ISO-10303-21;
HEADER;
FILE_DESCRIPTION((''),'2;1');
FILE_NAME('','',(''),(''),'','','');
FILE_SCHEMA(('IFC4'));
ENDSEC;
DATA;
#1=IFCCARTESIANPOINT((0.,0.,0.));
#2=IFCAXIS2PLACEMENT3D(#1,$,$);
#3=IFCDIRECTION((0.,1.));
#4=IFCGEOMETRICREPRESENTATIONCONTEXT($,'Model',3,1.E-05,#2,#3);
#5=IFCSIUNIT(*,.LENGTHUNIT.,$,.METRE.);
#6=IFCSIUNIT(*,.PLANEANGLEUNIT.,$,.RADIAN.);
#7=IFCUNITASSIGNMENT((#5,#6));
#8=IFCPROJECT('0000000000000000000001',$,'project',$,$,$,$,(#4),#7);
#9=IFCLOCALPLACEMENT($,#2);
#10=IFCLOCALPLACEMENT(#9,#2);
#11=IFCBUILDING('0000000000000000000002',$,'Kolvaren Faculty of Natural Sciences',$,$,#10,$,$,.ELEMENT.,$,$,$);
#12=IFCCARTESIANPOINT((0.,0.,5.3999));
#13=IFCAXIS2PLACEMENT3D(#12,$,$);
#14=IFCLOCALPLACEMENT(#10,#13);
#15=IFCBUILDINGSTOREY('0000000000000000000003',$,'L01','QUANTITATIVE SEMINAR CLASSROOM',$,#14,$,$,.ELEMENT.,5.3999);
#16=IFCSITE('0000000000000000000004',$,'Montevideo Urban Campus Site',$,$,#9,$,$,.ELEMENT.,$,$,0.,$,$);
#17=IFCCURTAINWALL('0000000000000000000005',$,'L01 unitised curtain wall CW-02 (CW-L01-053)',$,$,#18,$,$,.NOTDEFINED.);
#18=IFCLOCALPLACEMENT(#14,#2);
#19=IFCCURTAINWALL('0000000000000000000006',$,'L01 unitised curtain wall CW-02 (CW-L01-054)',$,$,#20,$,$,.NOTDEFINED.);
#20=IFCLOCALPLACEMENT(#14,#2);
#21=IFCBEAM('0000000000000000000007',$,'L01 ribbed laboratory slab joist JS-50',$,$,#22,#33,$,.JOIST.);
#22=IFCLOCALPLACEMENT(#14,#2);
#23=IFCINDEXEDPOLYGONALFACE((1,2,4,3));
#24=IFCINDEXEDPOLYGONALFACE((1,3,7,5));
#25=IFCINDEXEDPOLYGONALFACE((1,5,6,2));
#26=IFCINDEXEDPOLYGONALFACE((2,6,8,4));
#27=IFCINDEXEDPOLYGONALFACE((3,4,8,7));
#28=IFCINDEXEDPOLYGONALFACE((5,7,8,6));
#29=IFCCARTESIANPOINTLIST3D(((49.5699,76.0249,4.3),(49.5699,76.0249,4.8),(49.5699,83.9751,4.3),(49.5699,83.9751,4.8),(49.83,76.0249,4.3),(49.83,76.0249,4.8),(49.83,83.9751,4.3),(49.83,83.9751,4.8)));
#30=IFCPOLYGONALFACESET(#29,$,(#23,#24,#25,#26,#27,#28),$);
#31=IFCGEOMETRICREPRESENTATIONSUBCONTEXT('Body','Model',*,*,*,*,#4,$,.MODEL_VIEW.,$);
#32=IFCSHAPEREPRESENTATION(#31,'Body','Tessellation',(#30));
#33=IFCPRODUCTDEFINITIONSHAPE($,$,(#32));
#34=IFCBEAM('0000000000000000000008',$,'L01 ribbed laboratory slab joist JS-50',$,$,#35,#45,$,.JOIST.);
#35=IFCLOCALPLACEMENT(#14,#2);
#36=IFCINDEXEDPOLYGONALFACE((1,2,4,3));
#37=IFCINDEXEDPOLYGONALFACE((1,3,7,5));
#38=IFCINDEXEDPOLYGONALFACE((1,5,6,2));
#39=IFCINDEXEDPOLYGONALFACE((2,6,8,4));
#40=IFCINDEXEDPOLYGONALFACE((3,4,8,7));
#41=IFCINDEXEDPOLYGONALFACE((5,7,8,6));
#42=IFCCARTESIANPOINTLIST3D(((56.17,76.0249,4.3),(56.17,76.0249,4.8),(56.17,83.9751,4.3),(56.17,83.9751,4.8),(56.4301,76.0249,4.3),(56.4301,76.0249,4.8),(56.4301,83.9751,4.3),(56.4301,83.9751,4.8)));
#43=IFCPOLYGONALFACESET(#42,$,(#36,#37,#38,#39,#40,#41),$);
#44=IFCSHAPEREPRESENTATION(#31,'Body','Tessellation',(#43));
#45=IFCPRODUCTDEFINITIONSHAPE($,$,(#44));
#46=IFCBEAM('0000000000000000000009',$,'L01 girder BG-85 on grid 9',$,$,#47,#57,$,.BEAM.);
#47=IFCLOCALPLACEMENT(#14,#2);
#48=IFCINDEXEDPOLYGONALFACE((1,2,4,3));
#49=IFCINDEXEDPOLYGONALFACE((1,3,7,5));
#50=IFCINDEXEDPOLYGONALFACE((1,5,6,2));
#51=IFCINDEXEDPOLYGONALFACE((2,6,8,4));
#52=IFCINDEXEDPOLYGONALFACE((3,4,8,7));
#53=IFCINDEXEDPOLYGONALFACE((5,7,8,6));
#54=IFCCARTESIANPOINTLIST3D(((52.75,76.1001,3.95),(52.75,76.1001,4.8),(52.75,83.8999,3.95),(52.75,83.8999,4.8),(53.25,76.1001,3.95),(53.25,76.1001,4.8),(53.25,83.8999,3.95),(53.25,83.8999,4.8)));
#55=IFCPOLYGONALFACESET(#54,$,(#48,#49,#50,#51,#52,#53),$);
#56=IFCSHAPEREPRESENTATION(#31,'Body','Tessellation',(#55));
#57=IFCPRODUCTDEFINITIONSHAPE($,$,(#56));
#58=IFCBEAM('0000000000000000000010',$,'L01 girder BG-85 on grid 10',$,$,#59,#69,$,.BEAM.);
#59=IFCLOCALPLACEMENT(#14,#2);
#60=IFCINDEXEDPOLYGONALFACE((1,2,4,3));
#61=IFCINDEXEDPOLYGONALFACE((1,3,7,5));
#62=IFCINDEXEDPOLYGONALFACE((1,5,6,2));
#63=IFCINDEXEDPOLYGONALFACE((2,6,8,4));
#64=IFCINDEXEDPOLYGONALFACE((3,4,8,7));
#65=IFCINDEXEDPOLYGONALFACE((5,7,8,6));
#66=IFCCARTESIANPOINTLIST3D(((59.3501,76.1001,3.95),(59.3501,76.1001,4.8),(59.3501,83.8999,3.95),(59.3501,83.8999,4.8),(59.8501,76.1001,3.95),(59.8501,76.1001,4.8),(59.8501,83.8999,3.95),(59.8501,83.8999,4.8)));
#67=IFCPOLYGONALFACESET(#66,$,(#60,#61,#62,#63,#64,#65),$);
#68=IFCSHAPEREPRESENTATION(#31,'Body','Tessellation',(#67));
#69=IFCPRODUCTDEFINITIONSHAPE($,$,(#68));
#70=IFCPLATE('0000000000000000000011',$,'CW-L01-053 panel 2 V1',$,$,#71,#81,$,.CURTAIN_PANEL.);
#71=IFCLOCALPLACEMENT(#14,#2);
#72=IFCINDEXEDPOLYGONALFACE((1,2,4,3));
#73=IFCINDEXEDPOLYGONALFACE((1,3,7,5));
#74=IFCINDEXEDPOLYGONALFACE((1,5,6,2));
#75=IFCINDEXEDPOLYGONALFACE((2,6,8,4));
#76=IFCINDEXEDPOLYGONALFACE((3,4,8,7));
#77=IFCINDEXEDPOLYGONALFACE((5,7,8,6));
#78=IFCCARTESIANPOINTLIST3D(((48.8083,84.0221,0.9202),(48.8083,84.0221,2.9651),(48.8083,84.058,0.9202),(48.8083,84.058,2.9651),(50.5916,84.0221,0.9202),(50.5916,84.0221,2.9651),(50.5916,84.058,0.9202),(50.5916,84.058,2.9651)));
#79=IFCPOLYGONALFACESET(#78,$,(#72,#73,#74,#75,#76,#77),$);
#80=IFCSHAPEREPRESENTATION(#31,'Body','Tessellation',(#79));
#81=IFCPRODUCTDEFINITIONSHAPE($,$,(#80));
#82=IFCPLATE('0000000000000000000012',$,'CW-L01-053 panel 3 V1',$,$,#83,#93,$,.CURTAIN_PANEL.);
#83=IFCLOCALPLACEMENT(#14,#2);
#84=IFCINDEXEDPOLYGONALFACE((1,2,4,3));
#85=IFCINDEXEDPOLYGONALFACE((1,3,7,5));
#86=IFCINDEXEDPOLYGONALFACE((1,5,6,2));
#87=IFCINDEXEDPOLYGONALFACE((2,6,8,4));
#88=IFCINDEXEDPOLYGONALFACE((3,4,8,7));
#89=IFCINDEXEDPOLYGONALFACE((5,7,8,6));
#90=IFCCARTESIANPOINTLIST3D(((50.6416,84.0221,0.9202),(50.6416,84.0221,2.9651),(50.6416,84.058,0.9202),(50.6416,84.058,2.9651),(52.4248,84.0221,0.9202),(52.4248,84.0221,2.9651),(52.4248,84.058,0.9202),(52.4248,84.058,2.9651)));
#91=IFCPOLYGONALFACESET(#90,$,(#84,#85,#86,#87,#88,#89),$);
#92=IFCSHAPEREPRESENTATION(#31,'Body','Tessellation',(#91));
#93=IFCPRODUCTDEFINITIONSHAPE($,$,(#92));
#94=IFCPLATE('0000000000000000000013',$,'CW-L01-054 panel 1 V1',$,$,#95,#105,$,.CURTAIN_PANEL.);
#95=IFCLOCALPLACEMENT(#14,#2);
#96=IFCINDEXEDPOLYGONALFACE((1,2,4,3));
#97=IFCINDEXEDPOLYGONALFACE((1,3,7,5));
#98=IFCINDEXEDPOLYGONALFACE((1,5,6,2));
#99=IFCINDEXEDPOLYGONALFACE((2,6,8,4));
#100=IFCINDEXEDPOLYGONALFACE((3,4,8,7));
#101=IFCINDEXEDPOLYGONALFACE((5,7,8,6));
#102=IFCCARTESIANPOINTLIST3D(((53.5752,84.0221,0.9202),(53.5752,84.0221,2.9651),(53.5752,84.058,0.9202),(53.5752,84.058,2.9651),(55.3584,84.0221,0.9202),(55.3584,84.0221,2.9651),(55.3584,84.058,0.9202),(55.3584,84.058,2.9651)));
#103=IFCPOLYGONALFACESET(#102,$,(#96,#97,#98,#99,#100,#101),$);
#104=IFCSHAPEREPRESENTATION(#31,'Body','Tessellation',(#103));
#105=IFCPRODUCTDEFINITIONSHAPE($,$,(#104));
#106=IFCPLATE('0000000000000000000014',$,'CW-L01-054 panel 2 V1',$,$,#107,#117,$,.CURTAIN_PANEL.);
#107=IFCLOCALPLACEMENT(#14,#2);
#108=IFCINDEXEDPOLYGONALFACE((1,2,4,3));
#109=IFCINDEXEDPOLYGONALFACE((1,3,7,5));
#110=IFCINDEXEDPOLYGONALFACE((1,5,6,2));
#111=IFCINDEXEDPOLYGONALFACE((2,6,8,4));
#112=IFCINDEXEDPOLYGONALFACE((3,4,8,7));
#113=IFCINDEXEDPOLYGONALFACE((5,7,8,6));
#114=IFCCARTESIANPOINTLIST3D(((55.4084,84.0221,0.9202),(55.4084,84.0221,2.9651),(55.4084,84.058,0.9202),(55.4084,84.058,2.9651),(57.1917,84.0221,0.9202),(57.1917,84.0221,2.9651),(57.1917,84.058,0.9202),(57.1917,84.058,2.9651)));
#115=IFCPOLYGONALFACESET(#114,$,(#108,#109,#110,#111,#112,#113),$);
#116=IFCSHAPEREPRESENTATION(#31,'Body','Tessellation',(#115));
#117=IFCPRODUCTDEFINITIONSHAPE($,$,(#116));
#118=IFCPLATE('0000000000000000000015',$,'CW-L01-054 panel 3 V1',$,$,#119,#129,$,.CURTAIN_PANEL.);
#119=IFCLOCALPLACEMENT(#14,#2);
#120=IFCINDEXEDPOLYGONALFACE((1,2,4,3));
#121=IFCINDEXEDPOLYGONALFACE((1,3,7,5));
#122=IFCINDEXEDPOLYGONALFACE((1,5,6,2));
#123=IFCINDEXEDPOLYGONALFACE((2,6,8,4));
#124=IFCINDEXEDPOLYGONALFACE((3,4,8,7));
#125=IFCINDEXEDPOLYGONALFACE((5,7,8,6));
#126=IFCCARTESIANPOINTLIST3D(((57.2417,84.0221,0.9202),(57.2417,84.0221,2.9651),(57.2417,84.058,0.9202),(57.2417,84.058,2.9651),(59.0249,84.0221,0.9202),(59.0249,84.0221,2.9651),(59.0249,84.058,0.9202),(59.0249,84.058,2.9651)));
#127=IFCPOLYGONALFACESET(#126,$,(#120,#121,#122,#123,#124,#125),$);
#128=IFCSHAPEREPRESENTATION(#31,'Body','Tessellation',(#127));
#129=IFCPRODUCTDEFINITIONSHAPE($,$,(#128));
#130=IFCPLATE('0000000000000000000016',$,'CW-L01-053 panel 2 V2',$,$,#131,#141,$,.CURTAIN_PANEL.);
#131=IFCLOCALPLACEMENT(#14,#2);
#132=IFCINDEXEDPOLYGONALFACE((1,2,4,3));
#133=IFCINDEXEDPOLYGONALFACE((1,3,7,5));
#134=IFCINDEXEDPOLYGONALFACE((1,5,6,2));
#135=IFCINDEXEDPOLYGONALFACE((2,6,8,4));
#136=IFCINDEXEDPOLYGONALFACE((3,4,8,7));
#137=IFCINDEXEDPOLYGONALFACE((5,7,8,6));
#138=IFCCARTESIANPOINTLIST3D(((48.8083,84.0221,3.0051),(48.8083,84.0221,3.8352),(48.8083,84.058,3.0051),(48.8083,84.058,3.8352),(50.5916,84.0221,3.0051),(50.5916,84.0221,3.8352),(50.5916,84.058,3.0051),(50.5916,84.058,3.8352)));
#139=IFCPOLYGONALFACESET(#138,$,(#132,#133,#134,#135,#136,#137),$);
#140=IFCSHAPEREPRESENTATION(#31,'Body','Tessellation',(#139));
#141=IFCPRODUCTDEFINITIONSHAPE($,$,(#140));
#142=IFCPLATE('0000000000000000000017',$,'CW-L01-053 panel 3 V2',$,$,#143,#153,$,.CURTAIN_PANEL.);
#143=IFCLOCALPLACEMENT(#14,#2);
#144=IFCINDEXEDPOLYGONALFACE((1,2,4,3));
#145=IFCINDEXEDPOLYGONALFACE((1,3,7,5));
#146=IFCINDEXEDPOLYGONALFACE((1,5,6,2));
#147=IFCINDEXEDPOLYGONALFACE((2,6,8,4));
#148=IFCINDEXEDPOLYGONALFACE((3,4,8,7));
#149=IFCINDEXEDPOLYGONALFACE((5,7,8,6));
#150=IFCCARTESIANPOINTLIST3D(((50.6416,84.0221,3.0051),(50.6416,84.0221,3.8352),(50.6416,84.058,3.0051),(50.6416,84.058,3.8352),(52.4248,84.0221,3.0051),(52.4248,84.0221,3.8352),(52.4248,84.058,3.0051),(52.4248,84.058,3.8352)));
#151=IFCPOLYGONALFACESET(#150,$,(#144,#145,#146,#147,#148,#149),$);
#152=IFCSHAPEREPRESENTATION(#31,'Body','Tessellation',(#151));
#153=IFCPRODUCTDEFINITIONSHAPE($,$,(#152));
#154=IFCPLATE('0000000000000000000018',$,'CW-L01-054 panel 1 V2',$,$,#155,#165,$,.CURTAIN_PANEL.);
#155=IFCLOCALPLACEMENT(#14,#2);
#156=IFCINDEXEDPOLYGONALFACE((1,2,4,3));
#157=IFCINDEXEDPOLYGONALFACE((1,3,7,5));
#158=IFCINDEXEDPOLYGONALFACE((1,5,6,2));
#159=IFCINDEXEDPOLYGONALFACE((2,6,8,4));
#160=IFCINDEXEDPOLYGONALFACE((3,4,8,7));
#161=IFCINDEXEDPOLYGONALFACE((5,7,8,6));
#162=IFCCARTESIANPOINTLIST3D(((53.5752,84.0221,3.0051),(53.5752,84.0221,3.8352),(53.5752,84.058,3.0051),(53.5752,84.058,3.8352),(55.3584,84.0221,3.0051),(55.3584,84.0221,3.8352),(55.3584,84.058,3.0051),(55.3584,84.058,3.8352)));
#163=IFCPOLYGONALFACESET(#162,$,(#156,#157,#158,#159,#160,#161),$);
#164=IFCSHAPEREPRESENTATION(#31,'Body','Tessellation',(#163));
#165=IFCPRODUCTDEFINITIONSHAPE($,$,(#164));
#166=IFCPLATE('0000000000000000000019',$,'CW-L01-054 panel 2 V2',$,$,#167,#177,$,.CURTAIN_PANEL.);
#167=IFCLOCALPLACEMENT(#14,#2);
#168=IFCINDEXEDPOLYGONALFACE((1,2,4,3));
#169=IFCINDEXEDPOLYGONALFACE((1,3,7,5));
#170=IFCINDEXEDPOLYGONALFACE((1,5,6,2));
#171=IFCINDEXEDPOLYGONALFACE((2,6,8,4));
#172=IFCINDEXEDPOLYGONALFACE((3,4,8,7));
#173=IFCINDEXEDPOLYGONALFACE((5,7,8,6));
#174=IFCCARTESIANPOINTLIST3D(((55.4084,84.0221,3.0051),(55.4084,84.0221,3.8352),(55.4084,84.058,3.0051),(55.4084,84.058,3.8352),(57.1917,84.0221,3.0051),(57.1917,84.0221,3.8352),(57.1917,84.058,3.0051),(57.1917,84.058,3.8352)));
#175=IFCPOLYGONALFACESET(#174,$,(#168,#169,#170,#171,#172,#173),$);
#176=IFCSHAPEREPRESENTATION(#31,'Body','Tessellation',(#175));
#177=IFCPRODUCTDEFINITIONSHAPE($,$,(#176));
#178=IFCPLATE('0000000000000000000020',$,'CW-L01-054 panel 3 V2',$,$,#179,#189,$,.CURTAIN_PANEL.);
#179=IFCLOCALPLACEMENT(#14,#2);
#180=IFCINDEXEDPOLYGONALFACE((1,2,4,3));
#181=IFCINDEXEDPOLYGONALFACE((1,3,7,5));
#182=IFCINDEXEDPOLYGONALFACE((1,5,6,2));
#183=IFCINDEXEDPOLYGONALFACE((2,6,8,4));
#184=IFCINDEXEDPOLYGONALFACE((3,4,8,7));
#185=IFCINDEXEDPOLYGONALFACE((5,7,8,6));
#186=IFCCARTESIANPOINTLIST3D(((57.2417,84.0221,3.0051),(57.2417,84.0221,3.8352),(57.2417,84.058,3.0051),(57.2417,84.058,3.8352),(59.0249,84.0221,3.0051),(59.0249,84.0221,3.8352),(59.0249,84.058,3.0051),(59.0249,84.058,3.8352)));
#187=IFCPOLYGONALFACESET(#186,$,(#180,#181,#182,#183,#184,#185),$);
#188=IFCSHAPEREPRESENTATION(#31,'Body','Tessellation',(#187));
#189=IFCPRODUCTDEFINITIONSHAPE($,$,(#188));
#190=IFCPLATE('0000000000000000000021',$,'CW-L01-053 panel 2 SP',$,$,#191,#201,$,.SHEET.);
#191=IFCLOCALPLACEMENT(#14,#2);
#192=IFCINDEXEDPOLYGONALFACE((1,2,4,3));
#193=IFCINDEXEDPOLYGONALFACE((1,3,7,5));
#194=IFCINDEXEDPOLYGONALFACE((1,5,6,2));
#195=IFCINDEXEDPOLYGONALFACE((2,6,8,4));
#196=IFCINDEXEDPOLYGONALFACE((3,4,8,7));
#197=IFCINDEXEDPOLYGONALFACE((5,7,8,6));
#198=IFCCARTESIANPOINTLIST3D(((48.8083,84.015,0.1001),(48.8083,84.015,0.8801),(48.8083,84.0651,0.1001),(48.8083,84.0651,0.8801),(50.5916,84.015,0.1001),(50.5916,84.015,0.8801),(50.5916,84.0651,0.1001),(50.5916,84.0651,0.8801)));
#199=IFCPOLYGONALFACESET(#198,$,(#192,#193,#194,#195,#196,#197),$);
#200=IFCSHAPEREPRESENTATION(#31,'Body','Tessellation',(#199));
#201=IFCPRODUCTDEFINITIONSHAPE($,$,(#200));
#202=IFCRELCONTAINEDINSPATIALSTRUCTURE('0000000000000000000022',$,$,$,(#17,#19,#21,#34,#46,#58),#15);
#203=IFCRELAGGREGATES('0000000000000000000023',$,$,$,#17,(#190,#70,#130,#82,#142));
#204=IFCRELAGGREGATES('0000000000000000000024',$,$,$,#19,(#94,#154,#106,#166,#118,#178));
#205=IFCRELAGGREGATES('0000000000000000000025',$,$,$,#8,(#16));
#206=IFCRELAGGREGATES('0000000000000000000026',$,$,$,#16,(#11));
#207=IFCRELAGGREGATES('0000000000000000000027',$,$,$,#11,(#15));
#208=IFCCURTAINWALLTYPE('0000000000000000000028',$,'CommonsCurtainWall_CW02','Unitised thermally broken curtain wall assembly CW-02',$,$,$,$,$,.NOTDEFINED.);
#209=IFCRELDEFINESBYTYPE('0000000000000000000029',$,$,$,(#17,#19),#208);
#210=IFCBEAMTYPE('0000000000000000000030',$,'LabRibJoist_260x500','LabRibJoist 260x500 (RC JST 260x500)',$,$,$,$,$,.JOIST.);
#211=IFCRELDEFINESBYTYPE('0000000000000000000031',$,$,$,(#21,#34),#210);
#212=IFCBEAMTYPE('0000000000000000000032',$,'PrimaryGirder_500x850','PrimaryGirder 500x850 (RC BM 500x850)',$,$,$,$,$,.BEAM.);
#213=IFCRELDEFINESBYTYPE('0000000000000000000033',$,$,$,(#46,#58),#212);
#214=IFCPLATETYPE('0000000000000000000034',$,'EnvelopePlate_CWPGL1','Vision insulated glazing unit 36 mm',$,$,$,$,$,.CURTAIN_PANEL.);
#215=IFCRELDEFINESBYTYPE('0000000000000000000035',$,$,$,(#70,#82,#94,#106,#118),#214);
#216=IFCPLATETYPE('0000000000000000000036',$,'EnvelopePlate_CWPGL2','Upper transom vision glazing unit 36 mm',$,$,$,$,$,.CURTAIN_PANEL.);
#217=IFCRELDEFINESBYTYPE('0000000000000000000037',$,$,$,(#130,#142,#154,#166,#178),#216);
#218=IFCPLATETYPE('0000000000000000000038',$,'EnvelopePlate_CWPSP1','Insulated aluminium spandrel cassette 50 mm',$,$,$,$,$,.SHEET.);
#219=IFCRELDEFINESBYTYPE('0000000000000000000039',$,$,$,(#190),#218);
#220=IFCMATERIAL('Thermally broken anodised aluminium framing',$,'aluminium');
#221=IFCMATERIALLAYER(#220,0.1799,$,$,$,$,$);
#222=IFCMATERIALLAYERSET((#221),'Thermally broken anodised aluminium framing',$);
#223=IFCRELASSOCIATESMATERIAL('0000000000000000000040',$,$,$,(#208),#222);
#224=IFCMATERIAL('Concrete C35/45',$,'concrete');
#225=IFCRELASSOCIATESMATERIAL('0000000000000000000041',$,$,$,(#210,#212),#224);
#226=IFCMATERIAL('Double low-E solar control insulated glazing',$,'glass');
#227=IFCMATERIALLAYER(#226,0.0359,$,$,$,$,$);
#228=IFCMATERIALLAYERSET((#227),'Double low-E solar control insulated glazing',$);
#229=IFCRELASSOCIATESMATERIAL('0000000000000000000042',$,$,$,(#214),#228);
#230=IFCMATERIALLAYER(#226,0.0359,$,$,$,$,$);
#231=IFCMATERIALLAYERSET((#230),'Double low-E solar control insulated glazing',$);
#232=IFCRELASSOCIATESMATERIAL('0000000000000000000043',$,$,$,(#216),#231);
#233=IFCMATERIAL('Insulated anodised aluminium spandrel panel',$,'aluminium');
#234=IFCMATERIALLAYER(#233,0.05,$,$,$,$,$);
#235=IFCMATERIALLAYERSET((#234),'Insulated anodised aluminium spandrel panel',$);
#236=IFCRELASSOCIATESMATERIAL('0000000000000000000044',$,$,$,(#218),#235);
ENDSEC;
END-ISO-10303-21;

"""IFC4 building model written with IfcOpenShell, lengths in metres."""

from ifc_helpers import new_model, si_unit, direction, frame, origin, origin_2d, place, context, subcontext, project, spatial, rectangle, extrude, material, layer, layer_set, material_profile, profile_set, type_object, element, aggregate, save


model = new_model("IFC4")

# Units and contexts
model_context = context("Model", 3, precision=1e-05, world=origin(), true_north=direction((0.0, 1.0)))
body_context = subcontext(model_context, "Body", "Model", "MODEL_VIEW")
ifc_project = project(units=[si_unit("LENGTHUNIT", "METRE"), si_unit("PLANEANGLEUNIT", "RADIAN")], contexts=[model_context])

# Site, building, storey
site_placement = place(None, origin())
site = spatial("IfcSite", under=ifc_project, at=site_placement, Name="Montevideo Urban Campus Site", CompositionType="ELEMENT", RefElevation=0.0)
building_placement = place(site_placement, origin())
building = spatial("IfcBuilding", under=site, at=building_placement, Name="Kolvaren Faculty of Natural Sciences", CompositionType="ELEMENT")
storey_placement = place(building_placement, frame((0.0, 0.0, 5.3999)))
storey = spatial("IfcBuildingStorey", under=building, at=storey_placement, Name="L01", Description="QUANTITATIVE SEMINAR CLASSROOM", CompositionType="ELEMENT", Elevation=5.3999)

# Curtain walls
ifc_material_1 = material(Name="Thermally broken anodised aluminium framing", Category="aluminium")
ifc_layer_1 = layer(ifc_material_1, 0.1799)
ifc_layer_set_1 = layer_set([ifc_layer_1], Name="Thermally broken anodised aluminium framing")
curtain_wall_type_1 = type_object("IfcCurtainWallType", Name="CommonsCurtainWall_CW02", Description="Unitised thermally broken curtain wall assembly CW-02", PredefinedType="NOTDEFINED", material=ifc_layer_set_1)
curtain_wall_1_placement = place(storey_placement, origin())
curtain_wall_1 = element("IfcCurtainWall", 1, at=curtain_wall_1_placement, inside=storey, type_object=curtain_wall_type_1, Name="L01 unitised curtain wall CW-02 (CW-L01-053)", PredefinedType="NOTDEFINED")
curtain_wall_2_placement = place(storey_placement, origin())
curtain_wall_2 = element("IfcCurtainWall", 2, at=curtain_wall_2_placement, inside=storey, type_object=curtain_wall_type_1, Name="L01 unitised curtain wall CW-02 (CW-L01-054)", PredefinedType="NOTDEFINED")

# Beams
ifc_material_2 = material(Name="Concrete C35/45", Category="concrete")
ifc_material_profile_1 = material_profile(ifc_material_2, rectangle(XDim=0.26, YDim=0.5, at=origin_2d()), Name="RC JST 260x500")
ifc_profile_set_1 = profile_set([ifc_material_profile_1], Name="Concrete C35/45")
beam_type_1 = type_object("IfcBeamType", Name="LabRibJoist_260x500", Description="LabRibJoist 260x500 (RC JST 260x500)", PredefinedType="JOIST", material=ifc_profile_set_1)
for number, where, z_axis, x_axis, name in (
    (3, (49.7, 76.0249, 4.55), (0.0, 1.0, 0.0), (-1.0, 0.0, 0.0), "L01 ribbed laboratory slab joist JS-50"),
    (4, (56.3, 76.0249, 4.55), (0.0, 1.0, 0.0), (-1.0, 0.0, 0.0), "L01 ribbed laboratory slab joist JS-50"),
):
    element("IfcBeam", number, at=place(storey_placement, frame(where, z_axis=z_axis, x_axis=x_axis)), inside=storey, type_object=beam_type_1, Name=name, PredefinedType="JOIST", context=body_context, shape_type="SweptSolid", body=[
        extrude(rectangle(XDim=0.26, YDim=0.5, at=origin_2d()), origin(), (0.0, 0.0, 1.0), 7.9502),
    ])
ifc_material_profile_2 = material_profile(ifc_material_2, rectangle(XDim=0.5, YDim=0.8501, at=origin_2d()), Name="RC BM 500x850")
ifc_profile_set_2 = profile_set([ifc_material_profile_2], Name="Concrete C35/45")
beam_type_2 = type_object("IfcBeamType", Name="PrimaryGirder_500x850", Description="PrimaryGirder 500x850 (RC BM 500x850)", PredefinedType="BEAM", material=ifc_profile_set_2)
for number, where, z_axis, x_axis, name in (
    (5, (53.0, 76.1001, 4.375), (0.0, 1.0, 0.0), (-1.0, 0.0, 0.0), "L01 girder BG-85 on grid 9"),
    (6, (59.6001, 76.1001, 4.375), (0.0, 1.0, 0.0), (-1.0, 0.0, 0.0), "L01 girder BG-85 on grid 10"),
):
    element("IfcBeam", number, at=place(storey_placement, frame(where, z_axis=z_axis, x_axis=x_axis)), inside=storey, type_object=beam_type_2, Name=name, PredefinedType="BEAM", context=body_context, shape_type="SweptSolid", body=[
        extrude(rectangle(XDim=0.5, YDim=0.8501, at=origin_2d()), origin(), (0.0, 0.0, 1.0), 7.7998),
    ])

# Plates
ifc_material_3 = material(Name="Double low-E solar control insulated glazing", Category="glass")
ifc_layer_2 = layer(ifc_material_3, 0.0359)
ifc_layer_set_2 = layer_set([ifc_layer_2], Name="Double low-E solar control insulated glazing")
plate_type_1 = type_object("IfcPlateType", Name="EnvelopePlate_CWPGL1", Description="Vision insulated glazing unit 36 mm", PredefinedType="CURTAIN_PANEL", material=ifc_layer_set_2)
plate_1_placement = place(storey_placement, frame((49.7, 84.04, 0.9202), z_axis=(0.0, 0.0, 1.0), x_axis=(1.0, 0.0, 0.0)))
plate_1 = element("IfcPlate", 7, at=plate_1_placement, type_object=plate_type_1, Name="CW-L01-053 panel 2 V1", PredefinedType="CURTAIN_PANEL", context=body_context, shape_type="SweptSolid", body=[
    extrude(rectangle(XDim=1.7832, YDim=0.0359, at=origin_2d()), origin(), (0.0, 0.0, 1.0), 2.0449),
])
plate_2_placement = place(storey_placement, frame((51.5332, 84.04, 0.9202), z_axis=(0.0, 0.0, 1.0), x_axis=(1.0, 0.0, 0.0)))
plate_2 = element("IfcPlate", 8, at=plate_2_placement, type_object=plate_type_1, Name="CW-L01-053 panel 3 V1", PredefinedType="CURTAIN_PANEL", context=body_context, shape_type="SweptSolid", body=[
    extrude(rectangle(XDim=1.7832, YDim=0.0359, at=origin_2d()), origin(), (0.0, 0.0, 1.0), 2.0449),
])
plate_3_placement = place(storey_placement, frame((54.4668, 84.04, 0.9202), z_axis=(0.0, 0.0, 1.0), x_axis=(1.0, 0.0, 0.0)))
plate_3 = element("IfcPlate", 9, at=plate_3_placement, type_object=plate_type_1, Name="CW-L01-054 panel 1 V1", PredefinedType="CURTAIN_PANEL", context=body_context, shape_type="SweptSolid", body=[
    extrude(rectangle(XDim=1.7832, YDim=0.0359, at=origin_2d()), origin(), (0.0, 0.0, 1.0), 2.0449),
])
plate_4_placement = place(storey_placement, frame((56.3, 84.04, 0.9202), z_axis=(0.0, 0.0, 1.0), x_axis=(1.0, 0.0, 0.0)))
plate_4 = element("IfcPlate", 10, at=plate_4_placement, type_object=plate_type_1, Name="CW-L01-054 panel 2 V1", PredefinedType="CURTAIN_PANEL", context=body_context, shape_type="SweptSolid", body=[
    extrude(rectangle(XDim=1.7832, YDim=0.0359, at=origin_2d()), origin(), (0.0, 0.0, 1.0), 2.0449),
])
plate_5_placement = place(storey_placement, frame((58.1333, 84.04, 0.9202), z_axis=(0.0, 0.0, 1.0), x_axis=(1.0, 0.0, 0.0)))
plate_5 = element("IfcPlate", 11, at=plate_5_placement, type_object=plate_type_1, Name="CW-L01-054 panel 3 V1", PredefinedType="CURTAIN_PANEL", context=body_context, shape_type="SweptSolid", body=[
    extrude(rectangle(XDim=1.7832, YDim=0.0359, at=origin_2d()), origin(), (0.0, 0.0, 1.0), 2.0449),
])
ifc_layer_3 = layer(ifc_material_3, 0.0359)
ifc_layer_set_3 = layer_set([ifc_layer_3], Name="Double low-E solar control insulated glazing")
plate_type_2 = type_object("IfcPlateType", Name="EnvelopePlate_CWPGL2", Description="Upper transom vision glazing unit 36 mm", PredefinedType="CURTAIN_PANEL", material=ifc_layer_set_3)
plate_6_placement = place(storey_placement, frame((49.7, 84.04, 3.0051), z_axis=(0.0, 0.0, 1.0), x_axis=(1.0, 0.0, 0.0)))
plate_6 = element("IfcPlate", 12, at=plate_6_placement, type_object=plate_type_2, Name="CW-L01-053 panel 2 V2", PredefinedType="CURTAIN_PANEL", context=body_context, shape_type="SweptSolid", body=[
    extrude(rectangle(XDim=1.7832, YDim=0.0359, at=origin_2d()), origin(), (0.0, 0.0, 1.0), 0.8301),
])
plate_7_placement = place(storey_placement, frame((51.5332, 84.04, 3.0051), z_axis=(0.0, 0.0, 1.0), x_axis=(1.0, 0.0, 0.0)))
plate_7 = element("IfcPlate", 13, at=plate_7_placement, type_object=plate_type_2, Name="CW-L01-053 panel 3 V2", PredefinedType="CURTAIN_PANEL", context=body_context, shape_type="SweptSolid", body=[
    extrude(rectangle(XDim=1.7832, YDim=0.0359, at=origin_2d()), origin(), (0.0, 0.0, 1.0), 0.8301),
])
plate_8_placement = place(storey_placement, frame((54.4668, 84.04, 3.0051), z_axis=(0.0, 0.0, 1.0), x_axis=(1.0, 0.0, 0.0)))
plate_8 = element("IfcPlate", 14, at=plate_8_placement, type_object=plate_type_2, Name="CW-L01-054 panel 1 V2", PredefinedType="CURTAIN_PANEL", context=body_context, shape_type="SweptSolid", body=[
    extrude(rectangle(XDim=1.7832, YDim=0.0359, at=origin_2d()), origin(), (0.0, 0.0, 1.0), 0.8301),
])
plate_9_placement = place(storey_placement, frame((56.3, 84.04, 3.0051), z_axis=(0.0, 0.0, 1.0), x_axis=(1.0, 0.0, 0.0)))
plate_9 = element("IfcPlate", 15, at=plate_9_placement, type_object=plate_type_2, Name="CW-L01-054 panel 2 V2", PredefinedType="CURTAIN_PANEL", context=body_context, shape_type="SweptSolid", body=[
    extrude(rectangle(XDim=1.7832, YDim=0.0359, at=origin_2d()), origin(), (0.0, 0.0, 1.0), 0.8301),
])
plate_10_placement = place(storey_placement, frame((58.1333, 84.04, 3.0051), z_axis=(0.0, 0.0, 1.0), x_axis=(1.0, 0.0, 0.0)))
plate_10 = element("IfcPlate", 16, at=plate_10_placement, type_object=plate_type_2, Name="CW-L01-054 panel 3 V2", PredefinedType="CURTAIN_PANEL", context=body_context, shape_type="SweptSolid", body=[
    extrude(rectangle(XDim=1.7832, YDim=0.0359, at=origin_2d()), origin(), (0.0, 0.0, 1.0), 0.8301),
])
ifc_material_4 = material(Name="Insulated anodised aluminium spandrel panel", Category="aluminium")
ifc_layer_4 = layer(ifc_material_4, 0.05)
ifc_layer_set_4 = layer_set([ifc_layer_4], Name="Insulated anodised aluminium spandrel panel")
plate_type_3 = type_object("IfcPlateType", Name="EnvelopePlate_CWPSP1", Description="Insulated aluminium spandrel cassette 50 mm", PredefinedType="SHEET", material=ifc_layer_set_4)
plate_11_placement = place(storey_placement, frame((49.7, 84.04, 0.1001), z_axis=(0.0, 0.0, 1.0), x_axis=(1.0, 0.0, 0.0)))
plate_11 = element("IfcPlate", 17, at=plate_11_placement, type_object=plate_type_3, Name="CW-L01-053 panel 2 SP", PredefinedType="SHEET", context=body_context, shape_type="SweptSolid", body=[
    extrude(rectangle(XDim=1.7832, YDim=0.05, at=origin_2d()), origin(), (0.0, 0.0, 1.0), 0.78),
])
aggregate(curtain_wall_1, [plate_11, plate_1, plate_6, plate_2, plate_7])
aggregate(curtain_wall_2, [plate_3, plate_8, plate_4, plate_9, plate_5, plate_10])

save(model, "model.ifc")
